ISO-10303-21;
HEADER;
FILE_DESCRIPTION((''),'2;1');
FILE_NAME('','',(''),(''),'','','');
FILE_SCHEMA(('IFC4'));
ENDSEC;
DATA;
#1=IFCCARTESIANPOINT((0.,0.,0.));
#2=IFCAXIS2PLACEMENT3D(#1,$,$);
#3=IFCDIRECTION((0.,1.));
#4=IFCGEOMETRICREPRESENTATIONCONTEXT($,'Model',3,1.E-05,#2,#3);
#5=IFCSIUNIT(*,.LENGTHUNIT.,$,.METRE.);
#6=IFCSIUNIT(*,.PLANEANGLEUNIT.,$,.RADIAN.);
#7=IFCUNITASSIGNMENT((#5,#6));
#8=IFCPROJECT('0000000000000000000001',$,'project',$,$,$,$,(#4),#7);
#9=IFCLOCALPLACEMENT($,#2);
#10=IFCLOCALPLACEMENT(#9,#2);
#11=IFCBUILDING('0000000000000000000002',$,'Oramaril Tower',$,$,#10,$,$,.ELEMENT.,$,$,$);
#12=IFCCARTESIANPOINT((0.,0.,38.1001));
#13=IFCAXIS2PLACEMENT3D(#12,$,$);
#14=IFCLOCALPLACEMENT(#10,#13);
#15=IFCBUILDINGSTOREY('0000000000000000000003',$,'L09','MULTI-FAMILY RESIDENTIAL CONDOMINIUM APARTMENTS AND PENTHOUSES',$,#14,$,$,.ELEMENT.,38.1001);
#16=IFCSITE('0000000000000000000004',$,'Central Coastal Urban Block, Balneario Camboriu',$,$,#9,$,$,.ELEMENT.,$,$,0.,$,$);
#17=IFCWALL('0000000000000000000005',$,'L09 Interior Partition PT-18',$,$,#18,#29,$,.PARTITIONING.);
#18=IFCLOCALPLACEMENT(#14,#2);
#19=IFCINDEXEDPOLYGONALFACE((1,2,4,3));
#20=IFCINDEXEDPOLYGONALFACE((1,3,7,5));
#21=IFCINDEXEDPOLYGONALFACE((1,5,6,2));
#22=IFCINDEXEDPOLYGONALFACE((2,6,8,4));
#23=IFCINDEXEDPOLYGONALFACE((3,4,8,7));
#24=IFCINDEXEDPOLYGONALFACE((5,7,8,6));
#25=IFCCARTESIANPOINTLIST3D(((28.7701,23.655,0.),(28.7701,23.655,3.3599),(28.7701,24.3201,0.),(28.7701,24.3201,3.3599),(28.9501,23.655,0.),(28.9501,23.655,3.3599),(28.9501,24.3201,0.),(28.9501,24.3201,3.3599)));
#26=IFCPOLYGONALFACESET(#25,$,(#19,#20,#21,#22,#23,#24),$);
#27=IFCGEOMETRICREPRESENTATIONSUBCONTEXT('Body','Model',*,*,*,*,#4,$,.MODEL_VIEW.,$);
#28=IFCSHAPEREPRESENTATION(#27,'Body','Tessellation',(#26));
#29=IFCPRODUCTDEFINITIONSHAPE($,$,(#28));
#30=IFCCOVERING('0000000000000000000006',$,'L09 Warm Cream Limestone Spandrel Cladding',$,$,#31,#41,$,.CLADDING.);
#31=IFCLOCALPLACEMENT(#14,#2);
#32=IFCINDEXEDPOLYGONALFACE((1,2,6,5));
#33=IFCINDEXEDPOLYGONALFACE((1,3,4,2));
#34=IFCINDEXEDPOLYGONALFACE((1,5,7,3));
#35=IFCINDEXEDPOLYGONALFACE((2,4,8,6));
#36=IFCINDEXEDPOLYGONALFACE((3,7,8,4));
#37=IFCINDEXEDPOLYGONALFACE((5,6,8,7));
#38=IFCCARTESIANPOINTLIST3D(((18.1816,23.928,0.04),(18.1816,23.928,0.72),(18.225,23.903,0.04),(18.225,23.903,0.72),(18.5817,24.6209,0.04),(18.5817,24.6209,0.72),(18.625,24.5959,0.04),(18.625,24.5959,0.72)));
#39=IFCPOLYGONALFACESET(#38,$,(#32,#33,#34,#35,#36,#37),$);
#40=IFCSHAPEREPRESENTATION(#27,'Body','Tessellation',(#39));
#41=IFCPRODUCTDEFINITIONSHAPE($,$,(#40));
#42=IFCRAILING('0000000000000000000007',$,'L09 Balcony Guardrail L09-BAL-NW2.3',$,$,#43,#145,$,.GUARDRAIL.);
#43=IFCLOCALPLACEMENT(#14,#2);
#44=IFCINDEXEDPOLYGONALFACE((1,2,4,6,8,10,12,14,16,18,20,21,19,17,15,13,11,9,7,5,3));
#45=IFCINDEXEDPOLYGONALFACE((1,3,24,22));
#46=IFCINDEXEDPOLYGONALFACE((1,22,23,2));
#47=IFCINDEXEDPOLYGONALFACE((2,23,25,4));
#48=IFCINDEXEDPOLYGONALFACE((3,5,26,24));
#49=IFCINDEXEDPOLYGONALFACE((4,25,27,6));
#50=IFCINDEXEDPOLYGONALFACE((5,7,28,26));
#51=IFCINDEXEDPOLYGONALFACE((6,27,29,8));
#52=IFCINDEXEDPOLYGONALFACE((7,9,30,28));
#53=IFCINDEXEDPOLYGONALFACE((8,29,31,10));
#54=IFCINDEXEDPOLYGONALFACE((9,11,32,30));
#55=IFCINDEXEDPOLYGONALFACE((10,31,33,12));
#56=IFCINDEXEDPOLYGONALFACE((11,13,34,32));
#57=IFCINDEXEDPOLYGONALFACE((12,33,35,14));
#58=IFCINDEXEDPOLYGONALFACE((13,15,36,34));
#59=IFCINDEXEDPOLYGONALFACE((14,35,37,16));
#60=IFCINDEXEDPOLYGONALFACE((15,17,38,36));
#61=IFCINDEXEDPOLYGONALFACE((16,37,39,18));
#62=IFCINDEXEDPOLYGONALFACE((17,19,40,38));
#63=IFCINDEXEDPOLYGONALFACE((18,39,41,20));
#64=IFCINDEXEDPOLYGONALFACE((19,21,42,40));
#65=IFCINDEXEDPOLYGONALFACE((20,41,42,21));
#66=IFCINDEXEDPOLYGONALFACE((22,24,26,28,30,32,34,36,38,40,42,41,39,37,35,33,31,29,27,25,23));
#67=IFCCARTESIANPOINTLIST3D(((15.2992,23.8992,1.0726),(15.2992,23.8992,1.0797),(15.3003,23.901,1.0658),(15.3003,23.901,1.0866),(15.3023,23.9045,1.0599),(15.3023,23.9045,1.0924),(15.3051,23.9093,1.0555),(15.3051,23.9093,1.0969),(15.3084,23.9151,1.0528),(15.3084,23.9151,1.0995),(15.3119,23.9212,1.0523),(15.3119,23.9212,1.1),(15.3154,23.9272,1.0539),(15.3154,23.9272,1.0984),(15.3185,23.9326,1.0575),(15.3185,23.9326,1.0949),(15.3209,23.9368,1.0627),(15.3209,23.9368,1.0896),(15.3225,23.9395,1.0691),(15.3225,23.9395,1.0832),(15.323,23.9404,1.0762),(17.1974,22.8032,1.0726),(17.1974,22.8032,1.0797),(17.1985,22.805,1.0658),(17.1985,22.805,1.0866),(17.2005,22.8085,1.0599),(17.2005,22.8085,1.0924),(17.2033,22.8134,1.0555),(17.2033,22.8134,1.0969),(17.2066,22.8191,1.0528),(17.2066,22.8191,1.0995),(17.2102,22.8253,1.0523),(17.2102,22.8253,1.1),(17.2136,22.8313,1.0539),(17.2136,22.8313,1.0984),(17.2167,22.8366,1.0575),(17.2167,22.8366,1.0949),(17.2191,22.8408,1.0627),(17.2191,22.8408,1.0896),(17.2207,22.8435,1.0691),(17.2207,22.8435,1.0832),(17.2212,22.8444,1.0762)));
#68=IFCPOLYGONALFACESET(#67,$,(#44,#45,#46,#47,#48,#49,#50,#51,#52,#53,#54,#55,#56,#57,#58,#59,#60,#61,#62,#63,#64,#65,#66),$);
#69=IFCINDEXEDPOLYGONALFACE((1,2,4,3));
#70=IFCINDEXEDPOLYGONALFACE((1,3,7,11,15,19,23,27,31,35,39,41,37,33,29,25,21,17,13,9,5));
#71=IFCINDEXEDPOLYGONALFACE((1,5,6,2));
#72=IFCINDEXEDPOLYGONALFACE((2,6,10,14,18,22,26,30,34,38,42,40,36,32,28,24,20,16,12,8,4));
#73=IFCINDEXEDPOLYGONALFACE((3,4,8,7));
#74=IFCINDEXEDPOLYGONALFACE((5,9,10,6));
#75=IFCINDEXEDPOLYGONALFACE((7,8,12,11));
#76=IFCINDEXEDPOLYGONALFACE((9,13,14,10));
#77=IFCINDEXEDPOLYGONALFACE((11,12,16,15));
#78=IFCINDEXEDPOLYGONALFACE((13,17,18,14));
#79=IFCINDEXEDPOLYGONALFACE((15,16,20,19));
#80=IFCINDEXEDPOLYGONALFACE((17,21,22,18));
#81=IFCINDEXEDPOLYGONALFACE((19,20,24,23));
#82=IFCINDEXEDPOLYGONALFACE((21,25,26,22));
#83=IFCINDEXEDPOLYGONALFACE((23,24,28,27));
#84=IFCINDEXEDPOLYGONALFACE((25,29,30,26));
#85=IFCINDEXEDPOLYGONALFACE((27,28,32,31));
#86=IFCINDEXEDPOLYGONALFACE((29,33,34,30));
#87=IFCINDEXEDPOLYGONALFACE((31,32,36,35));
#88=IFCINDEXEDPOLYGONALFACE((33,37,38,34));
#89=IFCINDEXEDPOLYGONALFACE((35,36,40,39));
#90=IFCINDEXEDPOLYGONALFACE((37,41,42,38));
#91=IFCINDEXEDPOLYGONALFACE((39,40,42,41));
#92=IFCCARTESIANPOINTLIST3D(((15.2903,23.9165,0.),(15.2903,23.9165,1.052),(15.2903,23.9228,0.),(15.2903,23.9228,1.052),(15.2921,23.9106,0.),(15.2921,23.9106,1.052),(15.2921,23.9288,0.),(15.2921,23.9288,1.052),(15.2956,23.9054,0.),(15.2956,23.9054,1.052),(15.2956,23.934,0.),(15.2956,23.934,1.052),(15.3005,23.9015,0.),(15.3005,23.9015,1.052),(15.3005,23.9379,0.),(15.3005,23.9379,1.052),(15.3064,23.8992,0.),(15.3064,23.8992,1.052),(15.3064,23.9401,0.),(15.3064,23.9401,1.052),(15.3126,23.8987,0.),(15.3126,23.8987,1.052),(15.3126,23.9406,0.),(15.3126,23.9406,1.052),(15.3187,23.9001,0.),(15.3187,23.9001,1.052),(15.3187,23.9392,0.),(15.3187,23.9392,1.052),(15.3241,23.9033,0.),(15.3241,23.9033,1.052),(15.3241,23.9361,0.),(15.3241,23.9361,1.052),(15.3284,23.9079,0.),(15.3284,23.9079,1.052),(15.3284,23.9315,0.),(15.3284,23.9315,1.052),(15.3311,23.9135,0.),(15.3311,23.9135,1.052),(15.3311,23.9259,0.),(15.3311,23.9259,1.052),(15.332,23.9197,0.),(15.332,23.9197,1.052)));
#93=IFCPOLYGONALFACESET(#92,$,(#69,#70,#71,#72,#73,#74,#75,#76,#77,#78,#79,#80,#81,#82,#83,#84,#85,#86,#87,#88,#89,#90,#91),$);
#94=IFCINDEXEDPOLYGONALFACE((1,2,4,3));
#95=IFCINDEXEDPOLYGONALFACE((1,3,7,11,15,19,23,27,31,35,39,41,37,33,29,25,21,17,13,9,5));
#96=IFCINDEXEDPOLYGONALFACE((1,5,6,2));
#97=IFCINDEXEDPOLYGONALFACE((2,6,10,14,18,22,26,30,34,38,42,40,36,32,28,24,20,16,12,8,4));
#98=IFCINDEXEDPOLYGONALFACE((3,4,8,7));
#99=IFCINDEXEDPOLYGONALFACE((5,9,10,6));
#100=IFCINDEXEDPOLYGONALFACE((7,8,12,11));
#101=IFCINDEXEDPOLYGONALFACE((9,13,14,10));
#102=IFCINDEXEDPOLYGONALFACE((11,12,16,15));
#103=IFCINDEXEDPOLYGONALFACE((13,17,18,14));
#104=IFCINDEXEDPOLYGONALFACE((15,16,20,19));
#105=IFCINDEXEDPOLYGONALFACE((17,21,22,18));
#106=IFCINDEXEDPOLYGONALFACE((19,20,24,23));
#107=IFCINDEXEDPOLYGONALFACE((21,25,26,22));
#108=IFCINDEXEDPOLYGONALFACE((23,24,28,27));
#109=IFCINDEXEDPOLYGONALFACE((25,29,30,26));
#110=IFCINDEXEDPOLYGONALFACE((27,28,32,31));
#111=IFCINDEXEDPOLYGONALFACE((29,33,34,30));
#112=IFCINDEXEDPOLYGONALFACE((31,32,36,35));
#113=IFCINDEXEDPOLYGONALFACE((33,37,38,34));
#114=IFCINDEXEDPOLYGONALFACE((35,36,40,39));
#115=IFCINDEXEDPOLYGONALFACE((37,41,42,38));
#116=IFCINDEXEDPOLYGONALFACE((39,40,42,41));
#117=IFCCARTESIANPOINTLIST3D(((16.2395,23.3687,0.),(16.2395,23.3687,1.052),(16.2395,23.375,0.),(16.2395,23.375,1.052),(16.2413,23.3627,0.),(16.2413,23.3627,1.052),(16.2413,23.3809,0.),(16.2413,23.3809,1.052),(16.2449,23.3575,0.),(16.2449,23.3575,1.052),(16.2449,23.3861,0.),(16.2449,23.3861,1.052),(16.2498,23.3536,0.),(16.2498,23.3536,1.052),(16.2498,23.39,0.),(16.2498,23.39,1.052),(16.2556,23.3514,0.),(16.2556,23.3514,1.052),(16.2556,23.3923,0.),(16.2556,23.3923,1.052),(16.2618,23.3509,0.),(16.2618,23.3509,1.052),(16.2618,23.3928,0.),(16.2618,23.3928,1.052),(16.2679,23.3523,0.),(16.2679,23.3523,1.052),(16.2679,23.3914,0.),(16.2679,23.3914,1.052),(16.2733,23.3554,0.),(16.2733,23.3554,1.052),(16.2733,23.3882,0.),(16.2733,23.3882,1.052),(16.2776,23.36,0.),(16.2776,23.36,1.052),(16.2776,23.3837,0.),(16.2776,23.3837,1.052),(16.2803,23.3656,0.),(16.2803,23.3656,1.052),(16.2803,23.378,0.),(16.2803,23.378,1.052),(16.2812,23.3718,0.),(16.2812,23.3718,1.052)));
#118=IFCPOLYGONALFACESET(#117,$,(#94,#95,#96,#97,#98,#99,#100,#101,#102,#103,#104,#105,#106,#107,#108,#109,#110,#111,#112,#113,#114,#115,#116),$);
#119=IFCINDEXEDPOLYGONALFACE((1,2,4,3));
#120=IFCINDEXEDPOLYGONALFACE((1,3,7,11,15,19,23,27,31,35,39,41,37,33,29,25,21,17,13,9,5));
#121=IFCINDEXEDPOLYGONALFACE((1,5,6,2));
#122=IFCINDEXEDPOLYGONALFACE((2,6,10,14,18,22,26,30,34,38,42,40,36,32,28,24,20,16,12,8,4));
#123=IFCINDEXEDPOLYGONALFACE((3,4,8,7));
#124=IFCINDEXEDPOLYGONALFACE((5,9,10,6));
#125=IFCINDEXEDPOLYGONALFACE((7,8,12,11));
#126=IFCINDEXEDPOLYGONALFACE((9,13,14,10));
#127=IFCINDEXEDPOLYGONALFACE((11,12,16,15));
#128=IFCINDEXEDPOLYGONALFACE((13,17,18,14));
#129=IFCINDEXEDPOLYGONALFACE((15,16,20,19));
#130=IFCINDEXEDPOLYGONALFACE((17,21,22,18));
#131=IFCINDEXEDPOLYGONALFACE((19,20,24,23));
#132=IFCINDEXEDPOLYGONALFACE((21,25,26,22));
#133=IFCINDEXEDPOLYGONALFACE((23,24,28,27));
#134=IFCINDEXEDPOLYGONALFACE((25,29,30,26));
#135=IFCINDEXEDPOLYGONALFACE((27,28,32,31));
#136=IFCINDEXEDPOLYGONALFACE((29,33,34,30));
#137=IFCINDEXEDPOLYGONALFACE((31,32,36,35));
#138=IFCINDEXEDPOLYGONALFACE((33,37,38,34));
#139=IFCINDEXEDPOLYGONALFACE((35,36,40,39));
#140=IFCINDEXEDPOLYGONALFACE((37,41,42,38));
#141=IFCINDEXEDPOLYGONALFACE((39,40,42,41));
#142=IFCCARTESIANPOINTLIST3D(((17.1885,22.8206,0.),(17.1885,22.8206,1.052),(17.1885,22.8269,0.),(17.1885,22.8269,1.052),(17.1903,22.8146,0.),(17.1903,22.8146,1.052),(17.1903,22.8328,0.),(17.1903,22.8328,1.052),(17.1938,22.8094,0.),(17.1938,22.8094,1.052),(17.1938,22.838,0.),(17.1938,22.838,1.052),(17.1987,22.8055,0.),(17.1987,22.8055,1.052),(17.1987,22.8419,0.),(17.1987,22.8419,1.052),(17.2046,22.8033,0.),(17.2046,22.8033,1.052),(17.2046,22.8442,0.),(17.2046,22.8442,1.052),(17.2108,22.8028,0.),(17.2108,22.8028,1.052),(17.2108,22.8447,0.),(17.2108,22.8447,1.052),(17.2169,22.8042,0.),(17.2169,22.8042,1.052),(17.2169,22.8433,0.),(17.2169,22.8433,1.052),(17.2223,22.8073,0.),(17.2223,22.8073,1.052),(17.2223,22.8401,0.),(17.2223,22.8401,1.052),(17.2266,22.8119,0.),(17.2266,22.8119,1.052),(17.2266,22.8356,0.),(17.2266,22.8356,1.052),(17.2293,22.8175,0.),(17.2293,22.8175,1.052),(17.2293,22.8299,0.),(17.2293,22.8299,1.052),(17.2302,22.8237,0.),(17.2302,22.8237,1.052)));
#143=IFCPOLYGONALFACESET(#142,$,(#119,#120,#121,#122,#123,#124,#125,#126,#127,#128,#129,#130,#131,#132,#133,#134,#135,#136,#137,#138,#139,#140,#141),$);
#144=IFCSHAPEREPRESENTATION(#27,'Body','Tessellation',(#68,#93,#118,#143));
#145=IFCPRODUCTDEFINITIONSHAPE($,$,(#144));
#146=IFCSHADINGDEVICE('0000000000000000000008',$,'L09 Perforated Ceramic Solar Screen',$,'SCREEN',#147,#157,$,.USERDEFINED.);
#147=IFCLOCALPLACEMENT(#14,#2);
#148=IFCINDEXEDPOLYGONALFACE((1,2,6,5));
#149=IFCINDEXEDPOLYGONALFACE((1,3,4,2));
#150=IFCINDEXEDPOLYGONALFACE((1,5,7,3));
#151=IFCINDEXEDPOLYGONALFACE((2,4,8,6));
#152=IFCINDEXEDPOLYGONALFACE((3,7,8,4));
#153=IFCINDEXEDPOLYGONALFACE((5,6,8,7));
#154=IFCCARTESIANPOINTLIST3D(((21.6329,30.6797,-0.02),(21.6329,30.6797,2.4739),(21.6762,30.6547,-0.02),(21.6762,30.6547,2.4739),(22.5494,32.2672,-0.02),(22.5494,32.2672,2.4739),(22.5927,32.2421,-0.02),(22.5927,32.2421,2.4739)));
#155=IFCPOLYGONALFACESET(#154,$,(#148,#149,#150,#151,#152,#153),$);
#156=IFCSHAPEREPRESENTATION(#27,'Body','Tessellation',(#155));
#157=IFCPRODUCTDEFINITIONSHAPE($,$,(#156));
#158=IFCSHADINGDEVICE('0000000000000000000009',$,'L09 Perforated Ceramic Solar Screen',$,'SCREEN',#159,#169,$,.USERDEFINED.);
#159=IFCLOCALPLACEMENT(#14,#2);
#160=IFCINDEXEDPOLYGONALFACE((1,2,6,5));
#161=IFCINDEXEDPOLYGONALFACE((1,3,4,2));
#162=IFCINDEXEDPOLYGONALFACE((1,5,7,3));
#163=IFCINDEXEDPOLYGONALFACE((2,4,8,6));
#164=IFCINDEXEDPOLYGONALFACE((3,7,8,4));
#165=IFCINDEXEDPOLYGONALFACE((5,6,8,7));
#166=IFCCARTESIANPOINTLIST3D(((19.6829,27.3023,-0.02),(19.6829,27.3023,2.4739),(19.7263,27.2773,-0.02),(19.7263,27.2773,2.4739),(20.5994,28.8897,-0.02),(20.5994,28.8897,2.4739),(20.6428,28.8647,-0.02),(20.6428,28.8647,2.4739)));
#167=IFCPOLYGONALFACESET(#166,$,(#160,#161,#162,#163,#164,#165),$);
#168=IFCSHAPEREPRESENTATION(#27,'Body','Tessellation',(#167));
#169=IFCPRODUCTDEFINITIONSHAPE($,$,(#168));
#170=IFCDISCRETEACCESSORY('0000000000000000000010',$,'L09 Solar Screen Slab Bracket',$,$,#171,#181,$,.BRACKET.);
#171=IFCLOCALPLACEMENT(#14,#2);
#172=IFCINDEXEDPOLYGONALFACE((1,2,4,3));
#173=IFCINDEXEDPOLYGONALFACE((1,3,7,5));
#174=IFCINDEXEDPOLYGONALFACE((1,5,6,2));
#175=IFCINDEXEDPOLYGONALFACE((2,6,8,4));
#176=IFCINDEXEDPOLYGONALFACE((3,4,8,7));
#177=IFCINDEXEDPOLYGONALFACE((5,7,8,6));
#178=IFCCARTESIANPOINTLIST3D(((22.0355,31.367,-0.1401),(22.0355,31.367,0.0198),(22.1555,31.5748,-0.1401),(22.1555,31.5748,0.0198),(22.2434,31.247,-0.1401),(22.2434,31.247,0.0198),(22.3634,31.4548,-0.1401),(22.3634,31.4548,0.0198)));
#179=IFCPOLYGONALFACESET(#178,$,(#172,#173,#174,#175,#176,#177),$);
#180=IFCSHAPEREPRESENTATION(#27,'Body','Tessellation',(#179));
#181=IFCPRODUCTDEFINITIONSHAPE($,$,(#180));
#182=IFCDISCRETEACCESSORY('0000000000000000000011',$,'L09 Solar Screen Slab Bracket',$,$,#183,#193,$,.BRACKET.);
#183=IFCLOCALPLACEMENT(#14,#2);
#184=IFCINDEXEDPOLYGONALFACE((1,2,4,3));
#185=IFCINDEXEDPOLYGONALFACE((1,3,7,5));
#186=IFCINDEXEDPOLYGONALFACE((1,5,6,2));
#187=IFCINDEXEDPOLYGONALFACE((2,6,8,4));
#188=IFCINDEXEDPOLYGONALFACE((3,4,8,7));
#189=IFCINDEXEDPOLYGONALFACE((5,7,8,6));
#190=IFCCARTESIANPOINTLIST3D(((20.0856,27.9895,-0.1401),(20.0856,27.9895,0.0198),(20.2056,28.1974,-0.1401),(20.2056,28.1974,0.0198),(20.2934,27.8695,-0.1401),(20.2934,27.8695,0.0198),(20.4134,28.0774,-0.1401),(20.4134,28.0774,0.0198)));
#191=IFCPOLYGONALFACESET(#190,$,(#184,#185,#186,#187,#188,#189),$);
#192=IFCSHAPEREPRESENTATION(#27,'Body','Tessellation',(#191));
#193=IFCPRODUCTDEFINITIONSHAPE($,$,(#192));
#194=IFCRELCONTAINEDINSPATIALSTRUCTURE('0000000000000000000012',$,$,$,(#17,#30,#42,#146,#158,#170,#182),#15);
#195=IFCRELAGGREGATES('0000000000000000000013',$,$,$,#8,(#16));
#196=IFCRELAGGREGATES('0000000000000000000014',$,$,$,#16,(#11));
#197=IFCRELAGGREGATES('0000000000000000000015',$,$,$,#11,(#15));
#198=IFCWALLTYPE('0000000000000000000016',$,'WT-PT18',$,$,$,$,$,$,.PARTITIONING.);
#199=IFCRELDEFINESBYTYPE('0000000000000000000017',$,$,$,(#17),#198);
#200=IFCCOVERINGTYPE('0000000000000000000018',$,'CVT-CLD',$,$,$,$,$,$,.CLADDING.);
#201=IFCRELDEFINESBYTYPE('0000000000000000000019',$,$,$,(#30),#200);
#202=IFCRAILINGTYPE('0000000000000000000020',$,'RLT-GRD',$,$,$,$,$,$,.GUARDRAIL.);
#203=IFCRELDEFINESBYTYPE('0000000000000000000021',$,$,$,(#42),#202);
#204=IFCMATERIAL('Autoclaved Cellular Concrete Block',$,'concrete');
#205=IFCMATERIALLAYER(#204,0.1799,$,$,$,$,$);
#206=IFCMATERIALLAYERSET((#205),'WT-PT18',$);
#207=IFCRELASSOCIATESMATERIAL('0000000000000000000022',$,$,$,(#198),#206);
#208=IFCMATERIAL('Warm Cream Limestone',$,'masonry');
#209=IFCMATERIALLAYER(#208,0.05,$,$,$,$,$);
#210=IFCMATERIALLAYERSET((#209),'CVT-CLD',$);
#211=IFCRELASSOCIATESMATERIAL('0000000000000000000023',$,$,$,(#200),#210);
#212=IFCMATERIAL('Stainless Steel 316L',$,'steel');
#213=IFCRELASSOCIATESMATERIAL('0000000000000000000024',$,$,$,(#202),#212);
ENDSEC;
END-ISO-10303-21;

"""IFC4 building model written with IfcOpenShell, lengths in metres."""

from ifc_helpers import new_model, si_unit, direction, frame, frame_2d, origin, origin_2d, place, context, subcontext, project, spatial, rectangle, circle, extrude, material, layer, layer_set, type_object, element, save


model = new_model("IFC4")

# Units and contexts
model_context = context("Model", 3, precision=1e-05, world=origin(), true_north=direction((0.0, 1.0)))
body_context = subcontext(model_context, "Body", "Model", "MODEL_VIEW")
ifc_project = project(units=[si_unit("LENGTHUNIT", "METRE"), si_unit("PLANEANGLEUNIT", "RADIAN")], contexts=[model_context])

# Site, building, storey
site_placement = place(None, origin())
site = spatial("IfcSite", under=ifc_project, at=site_placement, Name="Central Coastal Urban Block, Balneario Camboriu", CompositionType="ELEMENT", RefElevation=0.0)
building_placement = place(site_placement, origin())
building = spatial("IfcBuilding", under=site, at=building_placement, Name="Oramaril Tower", CompositionType="ELEMENT")
storey_placement = place(building_placement, frame((0.0, 0.0, 38.1001)))
storey = spatial("IfcBuildingStorey", under=building, at=storey_placement, Name="L09", Description="MULTI-FAMILY RESIDENTIAL CONDOMINIUM APARTMENTS AND PENTHOUSES", CompositionType="ELEMENT", Elevation=38.1001)

# Shared definitions
ifc_material_1 = material(Name="Autoclaved Cellular Concrete Block", Category="concrete")
ifc_layer_1 = layer(ifc_material_1, 0.1799)
ifc_layer_set_1 = layer_set([ifc_layer_1], Name="WT-PT18")
wall_type_1 = type_object("IfcWallType", Name="WT-PT18", PredefinedType="PARTITIONING", material=ifc_layer_set_1)

# Wall
wall_1_placement = place(storey_placement, frame((28.8601, 23.655, 0.0), z_axis=(0.0, 0.0, 1.0), x_axis=(0.0, 1.0, 0.0)))
element("IfcWall", 1, at=wall_1_placement, inside=storey, type_object=wall_type_1, Name="L09 Interior Partition PT-18", PredefinedType="PARTITIONING", context=body_context, shape_type="SweptSolid", body=[
    extrude(rectangle(XDim=0.665, YDim=0.1799, at=frame_2d((0.3325, 0.0))), origin(), (0.0, 0.0, 1.0), 3.3599),
])

# Covering
ifc_material_2 = material(Name="Warm Cream Limestone", Category="masonry")
ifc_layer_2 = layer(ifc_material_2, 0.05)
ifc_layer_set_2 = layer_set([ifc_layer_2], Name="CVT-CLD")
covering_type = type_object("IfcCoveringType", Name="CVT-CLD", PredefinedType="CLADDING", material=ifc_layer_set_2)
covering_placement = place(storey_placement, frame((18.4033, 24.262, 0.04), z_axis=(0.0, 0.0, 1.0), x_axis=(-0.499998, -0.866026, 0.0)))
element("IfcCovering", 2, at=covering_placement, inside=storey, type_object=covering_type, Name="L09 Warm Cream Limestone Spandrel Cladding", PredefinedType="CLADDING", context=body_context, shape_type="SweptSolid", body=[
    extrude(rectangle(XDim=0.8, YDim=0.05, at=origin_2d()), origin(), (0.0, 0.0, 1.0), 0.6799),
])

# Railing
ifc_material_3 = material(Name="Stainless Steel 316L", Category="steel")
railing_type = type_object("IfcRailingType", Name="RLT-GRD", PredefinedType="GUARDRAIL", material=ifc_material_3)
railing_placement = place(storey_placement, frame((15.311, 23.9197, 0.0)))
element("IfcRailing", 3, at=railing_placement, inside=storey, type_object=railing_type, Name="L09 Balcony Guardrail L09-BAL-NW2.3", PredefinedType="GUARDRAIL", context=body_context, shape_type="SweptSolid", body=[
    extrude(circle(Radius=0.0239, at=origin_2d()), frame((0.0, 0.0, 1.0762), z_axis=(0.866021, -0.500008, 0.0), x_axis=(0.500008, 0.866021, 0.0)), (0.0, 0.0, 1.0), 2.1919),
    extrude(circle(Radius=0.021, at=origin_2d()), origin(), (0.0, 0.0, 1.0), 1.052),
    extrude(circle(Radius=0.021, at=origin_2d()), frame((0.9492, -0.5479, 0.0)), (0.0, 0.0, 1.0), 1.052),
    extrude(circle(Radius=0.021, at=origin_2d()), frame((1.8982, -1.0959, 0.0)), (0.0, 0.0, 1.0), 1.052),
])

# Shading devices
for number, where, z_axis, x_axis, name in (
    (4, (22.1128, 31.4609, -0.02), (0.0, 0.0, 1.0), (-0.499998, -0.866026, 0.0), "L09 Perforated Ceramic Solar Screen"),
    (5, (20.1628, 28.0835, -0.02), (0.0, 0.0, 1.0), (-0.499998, -0.866026, 0.0), "L09 Perforated Ceramic Solar Screen"),
):
    element("IfcShadingDevice", number, at=place(storey_placement, frame(where, z_axis=z_axis, x_axis=x_axis)), inside=storey, Name=name, ObjectType="SCREEN", PredefinedType="USERDEFINED", context=body_context, shape_type="SweptSolid", body=[
        extrude(rectangle(XDim=1.833, YDim=0.05, at=origin_2d()), origin(), (0.0, 0.0, 1.0), 2.4939),
    ])

# Discrete accessories
for number, where, z_axis, x_axis, name in (
    (6, (22.1995, 31.4109, -0.1401), (0.0, 0.0, 1.0), (-0.499998, -0.866026, 0.0), "L09 Solar Screen Slab Bracket"),
    (7, (20.2495, 28.0334, -0.1401), (0.0, 0.0, 1.0), (-0.499998, -0.866026, 0.0), "L09 Solar Screen Slab Bracket"),
):
    element("IfcDiscreteAccessory", number, at=place(storey_placement, frame(where, z_axis=z_axis, x_axis=x_axis)), inside=storey, Name=name, PredefinedType="BRACKET", context=body_context, shape_type="SweptSolid", body=[
        extrude(rectangle(XDim=0.24, YDim=0.24, at=origin_2d()), origin(), (0.0, 0.0, 1.0), 0.1599),
    ])

save(model, "model.ifc")
